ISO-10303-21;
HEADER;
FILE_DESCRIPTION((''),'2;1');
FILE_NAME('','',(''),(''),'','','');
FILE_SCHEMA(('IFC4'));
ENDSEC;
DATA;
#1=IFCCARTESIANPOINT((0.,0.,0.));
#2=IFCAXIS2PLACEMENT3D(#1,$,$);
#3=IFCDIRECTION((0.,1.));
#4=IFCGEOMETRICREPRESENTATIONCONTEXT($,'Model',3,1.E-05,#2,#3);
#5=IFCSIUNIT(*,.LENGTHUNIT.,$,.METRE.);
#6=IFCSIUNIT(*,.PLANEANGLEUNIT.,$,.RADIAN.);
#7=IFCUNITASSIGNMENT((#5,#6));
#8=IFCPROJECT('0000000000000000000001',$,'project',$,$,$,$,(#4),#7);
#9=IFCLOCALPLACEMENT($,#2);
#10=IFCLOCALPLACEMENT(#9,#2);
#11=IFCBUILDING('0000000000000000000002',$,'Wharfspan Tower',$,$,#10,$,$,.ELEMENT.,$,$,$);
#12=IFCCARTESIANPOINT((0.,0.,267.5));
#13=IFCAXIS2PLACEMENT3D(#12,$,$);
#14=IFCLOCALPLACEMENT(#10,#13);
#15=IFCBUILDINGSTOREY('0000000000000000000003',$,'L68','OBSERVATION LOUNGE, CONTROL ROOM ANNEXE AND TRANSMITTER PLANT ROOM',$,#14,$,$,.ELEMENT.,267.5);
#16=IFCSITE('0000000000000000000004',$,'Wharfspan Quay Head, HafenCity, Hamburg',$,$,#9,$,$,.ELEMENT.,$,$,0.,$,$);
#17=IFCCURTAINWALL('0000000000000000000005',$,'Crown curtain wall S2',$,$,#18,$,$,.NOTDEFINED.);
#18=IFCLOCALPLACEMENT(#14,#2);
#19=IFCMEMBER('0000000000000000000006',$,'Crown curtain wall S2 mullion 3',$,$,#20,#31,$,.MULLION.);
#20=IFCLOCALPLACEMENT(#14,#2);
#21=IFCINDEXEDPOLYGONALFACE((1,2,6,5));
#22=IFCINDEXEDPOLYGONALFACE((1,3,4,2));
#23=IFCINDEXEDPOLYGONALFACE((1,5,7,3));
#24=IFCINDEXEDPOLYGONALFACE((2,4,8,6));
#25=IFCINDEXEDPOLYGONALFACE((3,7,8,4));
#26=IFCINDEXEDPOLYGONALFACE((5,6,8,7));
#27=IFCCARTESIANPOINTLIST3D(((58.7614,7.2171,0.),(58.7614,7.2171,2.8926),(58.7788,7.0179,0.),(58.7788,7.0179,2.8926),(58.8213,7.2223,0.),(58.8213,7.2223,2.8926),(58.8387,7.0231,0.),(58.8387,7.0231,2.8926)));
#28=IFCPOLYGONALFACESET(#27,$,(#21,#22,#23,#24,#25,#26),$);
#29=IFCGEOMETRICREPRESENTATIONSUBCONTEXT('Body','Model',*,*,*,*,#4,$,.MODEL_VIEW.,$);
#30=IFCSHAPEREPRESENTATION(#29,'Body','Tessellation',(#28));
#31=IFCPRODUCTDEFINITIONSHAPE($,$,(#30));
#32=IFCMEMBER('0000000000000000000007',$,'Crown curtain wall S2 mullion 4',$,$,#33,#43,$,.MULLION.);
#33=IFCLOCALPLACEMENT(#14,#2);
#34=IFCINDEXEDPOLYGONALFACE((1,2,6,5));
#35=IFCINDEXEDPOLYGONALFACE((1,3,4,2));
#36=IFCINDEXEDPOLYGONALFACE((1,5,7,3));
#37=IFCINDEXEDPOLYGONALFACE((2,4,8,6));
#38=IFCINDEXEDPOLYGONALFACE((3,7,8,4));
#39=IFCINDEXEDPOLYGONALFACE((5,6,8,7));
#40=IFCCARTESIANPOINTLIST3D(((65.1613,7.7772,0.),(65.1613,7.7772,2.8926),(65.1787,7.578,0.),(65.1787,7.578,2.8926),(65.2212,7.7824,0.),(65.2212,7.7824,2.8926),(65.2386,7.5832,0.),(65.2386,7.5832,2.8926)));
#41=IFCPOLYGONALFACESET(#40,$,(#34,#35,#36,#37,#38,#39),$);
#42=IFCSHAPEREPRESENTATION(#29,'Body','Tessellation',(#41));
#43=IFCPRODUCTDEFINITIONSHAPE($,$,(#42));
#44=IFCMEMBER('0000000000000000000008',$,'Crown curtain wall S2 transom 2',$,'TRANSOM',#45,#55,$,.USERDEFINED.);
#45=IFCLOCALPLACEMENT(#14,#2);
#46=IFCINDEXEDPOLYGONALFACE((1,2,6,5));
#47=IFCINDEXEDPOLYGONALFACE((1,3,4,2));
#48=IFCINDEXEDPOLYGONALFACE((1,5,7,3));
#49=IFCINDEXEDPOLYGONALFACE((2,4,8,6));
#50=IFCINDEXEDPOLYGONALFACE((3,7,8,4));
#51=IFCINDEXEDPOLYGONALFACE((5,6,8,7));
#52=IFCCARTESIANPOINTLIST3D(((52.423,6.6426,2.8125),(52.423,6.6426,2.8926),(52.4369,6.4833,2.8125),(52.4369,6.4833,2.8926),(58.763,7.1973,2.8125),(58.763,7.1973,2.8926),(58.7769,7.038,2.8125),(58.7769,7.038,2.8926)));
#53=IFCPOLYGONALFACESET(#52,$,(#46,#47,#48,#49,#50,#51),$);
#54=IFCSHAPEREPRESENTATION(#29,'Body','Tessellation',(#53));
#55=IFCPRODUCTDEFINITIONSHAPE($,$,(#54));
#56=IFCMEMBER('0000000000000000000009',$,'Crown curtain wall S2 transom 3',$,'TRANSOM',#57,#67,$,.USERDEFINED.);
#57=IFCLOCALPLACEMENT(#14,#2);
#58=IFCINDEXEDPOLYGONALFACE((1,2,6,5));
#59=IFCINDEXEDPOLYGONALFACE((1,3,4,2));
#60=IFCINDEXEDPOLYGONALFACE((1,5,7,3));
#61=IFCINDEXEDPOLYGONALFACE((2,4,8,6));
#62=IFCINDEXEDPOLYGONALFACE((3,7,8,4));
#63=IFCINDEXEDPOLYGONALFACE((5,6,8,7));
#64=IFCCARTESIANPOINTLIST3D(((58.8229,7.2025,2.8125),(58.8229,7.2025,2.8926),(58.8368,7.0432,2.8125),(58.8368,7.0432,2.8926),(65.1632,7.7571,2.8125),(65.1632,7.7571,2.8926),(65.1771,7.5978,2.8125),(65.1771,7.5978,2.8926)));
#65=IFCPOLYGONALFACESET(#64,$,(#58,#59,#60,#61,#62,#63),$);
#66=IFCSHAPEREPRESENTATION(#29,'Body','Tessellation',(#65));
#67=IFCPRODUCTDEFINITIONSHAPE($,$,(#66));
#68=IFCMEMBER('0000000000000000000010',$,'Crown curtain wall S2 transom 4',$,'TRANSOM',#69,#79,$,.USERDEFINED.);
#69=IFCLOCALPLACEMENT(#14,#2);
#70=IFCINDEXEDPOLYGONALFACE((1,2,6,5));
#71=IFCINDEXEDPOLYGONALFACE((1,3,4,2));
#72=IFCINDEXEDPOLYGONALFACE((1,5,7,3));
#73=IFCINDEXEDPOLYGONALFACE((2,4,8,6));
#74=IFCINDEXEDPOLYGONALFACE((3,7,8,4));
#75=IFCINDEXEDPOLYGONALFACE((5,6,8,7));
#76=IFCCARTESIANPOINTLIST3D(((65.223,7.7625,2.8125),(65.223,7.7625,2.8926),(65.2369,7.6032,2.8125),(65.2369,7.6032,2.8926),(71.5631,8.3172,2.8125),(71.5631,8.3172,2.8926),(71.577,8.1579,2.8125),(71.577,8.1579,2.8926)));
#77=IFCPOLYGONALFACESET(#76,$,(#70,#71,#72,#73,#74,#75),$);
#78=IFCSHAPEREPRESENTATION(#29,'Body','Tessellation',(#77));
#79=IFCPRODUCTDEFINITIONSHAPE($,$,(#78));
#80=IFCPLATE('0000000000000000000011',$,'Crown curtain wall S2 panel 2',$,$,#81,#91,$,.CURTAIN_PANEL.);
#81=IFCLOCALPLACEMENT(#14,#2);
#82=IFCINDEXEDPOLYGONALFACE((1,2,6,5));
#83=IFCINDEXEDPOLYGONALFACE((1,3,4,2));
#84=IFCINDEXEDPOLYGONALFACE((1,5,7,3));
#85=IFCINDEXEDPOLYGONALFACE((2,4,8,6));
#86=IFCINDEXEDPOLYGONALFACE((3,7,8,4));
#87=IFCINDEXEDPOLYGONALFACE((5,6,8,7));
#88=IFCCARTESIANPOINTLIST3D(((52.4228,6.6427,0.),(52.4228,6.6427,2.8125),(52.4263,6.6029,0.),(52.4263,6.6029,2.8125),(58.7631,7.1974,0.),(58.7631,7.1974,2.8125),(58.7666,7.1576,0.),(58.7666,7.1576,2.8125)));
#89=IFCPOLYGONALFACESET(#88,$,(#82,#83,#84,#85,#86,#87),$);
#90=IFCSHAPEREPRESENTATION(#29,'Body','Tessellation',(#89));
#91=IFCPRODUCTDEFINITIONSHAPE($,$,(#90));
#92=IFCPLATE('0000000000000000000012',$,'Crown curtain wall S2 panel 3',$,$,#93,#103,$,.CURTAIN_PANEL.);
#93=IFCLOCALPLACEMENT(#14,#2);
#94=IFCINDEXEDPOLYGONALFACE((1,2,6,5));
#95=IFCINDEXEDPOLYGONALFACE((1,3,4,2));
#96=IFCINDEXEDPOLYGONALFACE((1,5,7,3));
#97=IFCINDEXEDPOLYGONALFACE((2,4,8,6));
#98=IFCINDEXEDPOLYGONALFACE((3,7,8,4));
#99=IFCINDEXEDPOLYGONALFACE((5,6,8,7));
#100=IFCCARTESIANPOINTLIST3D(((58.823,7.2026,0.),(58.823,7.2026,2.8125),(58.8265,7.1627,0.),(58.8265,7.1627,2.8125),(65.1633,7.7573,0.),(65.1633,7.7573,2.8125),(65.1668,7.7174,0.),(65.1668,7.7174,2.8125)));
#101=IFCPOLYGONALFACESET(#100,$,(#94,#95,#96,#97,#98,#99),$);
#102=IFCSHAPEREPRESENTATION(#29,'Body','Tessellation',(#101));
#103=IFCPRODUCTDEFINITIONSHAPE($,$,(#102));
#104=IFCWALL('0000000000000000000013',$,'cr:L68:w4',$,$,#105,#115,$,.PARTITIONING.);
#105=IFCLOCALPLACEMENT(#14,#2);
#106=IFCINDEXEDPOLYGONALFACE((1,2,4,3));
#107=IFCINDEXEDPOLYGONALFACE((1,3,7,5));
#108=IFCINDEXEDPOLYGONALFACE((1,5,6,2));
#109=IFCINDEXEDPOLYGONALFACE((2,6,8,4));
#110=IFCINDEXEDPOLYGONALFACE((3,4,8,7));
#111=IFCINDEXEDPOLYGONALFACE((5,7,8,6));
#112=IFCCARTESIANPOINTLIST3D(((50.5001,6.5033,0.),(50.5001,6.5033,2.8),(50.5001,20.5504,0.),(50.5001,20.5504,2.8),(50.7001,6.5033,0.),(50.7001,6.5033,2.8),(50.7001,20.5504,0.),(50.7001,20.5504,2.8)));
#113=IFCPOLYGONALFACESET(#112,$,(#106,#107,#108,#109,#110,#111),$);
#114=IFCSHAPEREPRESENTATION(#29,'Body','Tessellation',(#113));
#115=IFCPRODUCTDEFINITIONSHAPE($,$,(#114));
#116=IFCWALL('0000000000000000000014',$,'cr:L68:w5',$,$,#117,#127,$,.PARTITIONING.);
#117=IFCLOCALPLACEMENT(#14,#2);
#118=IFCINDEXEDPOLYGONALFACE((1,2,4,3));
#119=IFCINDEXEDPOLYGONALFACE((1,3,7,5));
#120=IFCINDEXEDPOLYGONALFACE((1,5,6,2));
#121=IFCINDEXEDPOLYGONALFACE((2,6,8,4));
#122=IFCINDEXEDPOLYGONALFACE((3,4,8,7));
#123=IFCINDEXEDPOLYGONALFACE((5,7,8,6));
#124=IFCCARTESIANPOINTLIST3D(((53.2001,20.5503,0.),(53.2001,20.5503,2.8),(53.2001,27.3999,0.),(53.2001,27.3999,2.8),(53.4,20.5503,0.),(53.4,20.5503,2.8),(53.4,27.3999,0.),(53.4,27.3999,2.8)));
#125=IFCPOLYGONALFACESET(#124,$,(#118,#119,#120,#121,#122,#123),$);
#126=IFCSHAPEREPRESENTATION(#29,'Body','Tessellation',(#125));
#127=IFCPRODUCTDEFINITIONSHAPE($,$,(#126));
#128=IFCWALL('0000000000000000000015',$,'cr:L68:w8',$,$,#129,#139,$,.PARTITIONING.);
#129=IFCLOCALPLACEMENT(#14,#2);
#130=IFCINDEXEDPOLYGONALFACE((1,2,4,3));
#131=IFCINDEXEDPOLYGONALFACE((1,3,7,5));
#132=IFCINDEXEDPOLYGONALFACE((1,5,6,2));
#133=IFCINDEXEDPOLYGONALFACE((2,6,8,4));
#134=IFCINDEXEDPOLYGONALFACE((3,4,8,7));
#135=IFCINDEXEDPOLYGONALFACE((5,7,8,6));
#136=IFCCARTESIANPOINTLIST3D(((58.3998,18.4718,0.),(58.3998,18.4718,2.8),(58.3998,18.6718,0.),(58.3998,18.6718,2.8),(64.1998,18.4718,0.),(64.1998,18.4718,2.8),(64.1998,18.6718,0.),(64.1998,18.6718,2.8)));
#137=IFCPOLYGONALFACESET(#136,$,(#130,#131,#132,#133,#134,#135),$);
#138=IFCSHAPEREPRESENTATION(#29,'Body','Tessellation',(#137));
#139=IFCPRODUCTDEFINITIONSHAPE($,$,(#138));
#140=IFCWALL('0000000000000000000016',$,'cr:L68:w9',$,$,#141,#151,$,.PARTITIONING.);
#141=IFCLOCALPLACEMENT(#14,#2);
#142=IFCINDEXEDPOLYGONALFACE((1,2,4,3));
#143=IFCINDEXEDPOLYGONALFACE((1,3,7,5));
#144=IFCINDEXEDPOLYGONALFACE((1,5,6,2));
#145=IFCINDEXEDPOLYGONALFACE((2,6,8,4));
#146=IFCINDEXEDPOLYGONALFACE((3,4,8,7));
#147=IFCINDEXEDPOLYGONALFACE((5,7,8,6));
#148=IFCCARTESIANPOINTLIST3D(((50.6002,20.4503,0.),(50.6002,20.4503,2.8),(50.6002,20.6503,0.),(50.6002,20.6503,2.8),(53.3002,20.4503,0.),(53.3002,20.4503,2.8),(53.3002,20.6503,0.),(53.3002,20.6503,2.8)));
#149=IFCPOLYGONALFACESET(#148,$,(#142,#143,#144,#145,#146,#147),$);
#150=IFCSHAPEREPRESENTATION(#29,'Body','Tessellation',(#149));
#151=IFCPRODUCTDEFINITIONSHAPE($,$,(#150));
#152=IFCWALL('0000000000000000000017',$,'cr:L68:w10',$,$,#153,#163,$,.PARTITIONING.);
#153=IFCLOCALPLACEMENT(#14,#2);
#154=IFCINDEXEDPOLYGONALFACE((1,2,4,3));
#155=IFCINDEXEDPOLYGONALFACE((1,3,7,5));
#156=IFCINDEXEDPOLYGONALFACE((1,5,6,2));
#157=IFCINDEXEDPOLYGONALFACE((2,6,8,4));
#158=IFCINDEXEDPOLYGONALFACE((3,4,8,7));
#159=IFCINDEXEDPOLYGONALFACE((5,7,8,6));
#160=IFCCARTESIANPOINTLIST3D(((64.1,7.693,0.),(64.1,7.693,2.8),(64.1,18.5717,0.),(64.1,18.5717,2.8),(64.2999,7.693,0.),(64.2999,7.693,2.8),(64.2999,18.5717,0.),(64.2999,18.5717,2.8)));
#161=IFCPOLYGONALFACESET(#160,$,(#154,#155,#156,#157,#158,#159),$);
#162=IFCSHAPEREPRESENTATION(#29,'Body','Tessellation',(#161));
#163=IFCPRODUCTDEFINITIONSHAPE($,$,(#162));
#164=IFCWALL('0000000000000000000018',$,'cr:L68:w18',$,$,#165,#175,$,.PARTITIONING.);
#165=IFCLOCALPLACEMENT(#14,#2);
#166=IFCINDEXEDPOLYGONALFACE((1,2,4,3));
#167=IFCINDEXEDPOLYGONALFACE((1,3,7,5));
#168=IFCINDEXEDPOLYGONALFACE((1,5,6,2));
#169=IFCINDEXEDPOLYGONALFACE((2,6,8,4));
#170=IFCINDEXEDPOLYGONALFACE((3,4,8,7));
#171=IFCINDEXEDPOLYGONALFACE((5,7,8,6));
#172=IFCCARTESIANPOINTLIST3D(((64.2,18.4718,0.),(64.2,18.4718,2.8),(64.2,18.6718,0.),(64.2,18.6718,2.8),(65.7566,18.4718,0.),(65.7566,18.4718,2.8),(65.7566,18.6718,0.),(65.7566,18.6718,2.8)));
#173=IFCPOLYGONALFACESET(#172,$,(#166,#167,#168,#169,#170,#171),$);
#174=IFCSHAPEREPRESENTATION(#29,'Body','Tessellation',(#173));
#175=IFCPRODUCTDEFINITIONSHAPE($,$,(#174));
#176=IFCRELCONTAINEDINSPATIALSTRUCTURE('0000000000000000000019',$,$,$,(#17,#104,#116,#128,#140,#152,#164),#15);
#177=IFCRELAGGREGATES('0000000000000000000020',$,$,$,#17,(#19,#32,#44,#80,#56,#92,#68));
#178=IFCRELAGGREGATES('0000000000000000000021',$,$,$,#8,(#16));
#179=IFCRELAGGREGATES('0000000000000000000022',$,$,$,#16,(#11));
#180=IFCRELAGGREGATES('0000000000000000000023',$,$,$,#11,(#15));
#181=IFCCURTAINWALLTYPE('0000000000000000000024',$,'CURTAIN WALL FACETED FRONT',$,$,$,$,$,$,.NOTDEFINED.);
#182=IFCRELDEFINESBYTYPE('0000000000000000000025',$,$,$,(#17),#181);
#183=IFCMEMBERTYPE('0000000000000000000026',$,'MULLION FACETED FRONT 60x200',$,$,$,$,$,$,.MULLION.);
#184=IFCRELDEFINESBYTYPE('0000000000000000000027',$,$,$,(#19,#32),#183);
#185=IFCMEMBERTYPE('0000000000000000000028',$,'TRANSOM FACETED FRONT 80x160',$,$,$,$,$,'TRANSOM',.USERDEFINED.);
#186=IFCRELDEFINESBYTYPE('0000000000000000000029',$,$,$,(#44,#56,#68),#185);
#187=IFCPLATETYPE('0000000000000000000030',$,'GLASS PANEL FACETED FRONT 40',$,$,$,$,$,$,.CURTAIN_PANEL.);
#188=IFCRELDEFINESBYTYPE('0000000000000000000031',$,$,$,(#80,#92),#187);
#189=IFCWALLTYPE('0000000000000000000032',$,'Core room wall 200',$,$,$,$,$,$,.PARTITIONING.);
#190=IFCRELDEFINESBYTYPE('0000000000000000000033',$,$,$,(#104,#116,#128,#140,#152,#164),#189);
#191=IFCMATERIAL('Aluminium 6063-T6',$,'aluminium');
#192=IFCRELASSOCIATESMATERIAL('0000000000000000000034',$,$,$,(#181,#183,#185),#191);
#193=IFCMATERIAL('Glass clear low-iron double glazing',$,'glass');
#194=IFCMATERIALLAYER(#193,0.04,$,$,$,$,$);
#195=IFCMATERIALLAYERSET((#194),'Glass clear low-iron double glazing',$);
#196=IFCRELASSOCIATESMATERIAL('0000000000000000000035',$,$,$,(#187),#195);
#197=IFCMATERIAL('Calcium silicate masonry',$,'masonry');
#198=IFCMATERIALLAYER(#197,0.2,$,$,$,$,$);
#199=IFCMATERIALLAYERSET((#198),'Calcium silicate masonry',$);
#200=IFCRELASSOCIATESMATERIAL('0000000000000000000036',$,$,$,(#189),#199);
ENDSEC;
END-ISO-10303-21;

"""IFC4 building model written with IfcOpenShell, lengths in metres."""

from ifc_helpers import new_model, si_unit, direction, frame, frame_2d, origin, origin_2d, place, context, subcontext, project, spatial, rectangle, extrude, material, layer, layer_set, material_profile, profile_set, type_object, element, aggregate, save


model = new_model("IFC4")

# Units and contexts
model_context = context("Model", 3, precision=1e-05, world=origin(), true_north=direction((0.0, 1.0)))
body_context = subcontext(model_context, "Body", "Model", "MODEL_VIEW")
ifc_project = project(units=[si_unit("LENGTHUNIT", "METRE"), si_unit("PLANEANGLEUNIT", "RADIAN")], contexts=[model_context])

# Site, building, storey
site_placement = place(None, origin())
site = spatial("IfcSite", under=ifc_project, at=site_placement, Name="Wharfspan Quay Head, HafenCity, Hamburg", CompositionType="ELEMENT", RefElevation=0.0)
building_placement = place(site_placement, origin())
building = spatial("IfcBuilding", under=site, at=building_placement, Name="Wharfspan Tower", CompositionType="ELEMENT")
storey_placement = place(building_placement, frame((0.0, 0.0, 267.5)))
storey = spatial("IfcBuildingStorey", under=building, at=storey_placement, Name="L68", Description="OBSERVATION LOUNGE, CONTROL ROOM ANNEXE AND TRANSMITTER PLANT ROOM", CompositionType="ELEMENT", Elevation=267.5)

# Curtain wall, members, plates
ifc_material_1 = material(Name="Aluminium 6063-T6", Category="aluminium")
curtain_wall_type = type_object("IfcCurtainWallType", Name="CURTAIN WALL FACETED FRONT", PredefinedType="NOTDEFINED", material=ifc_material_1)
curtain_wall_placement = place(storey_placement, origin())
curtain_wall = element("IfcCurtainWall", 1, at=curtain_wall_placement, inside=storey, type_object=curtain_wall_type, Name="Crown curtain wall S2", PredefinedType="NOTDEFINED")
ifc_material_profile_1 = material_profile(ifc_material_1, rectangle(XDim=0.2, YDim=0.0601, at=origin_2d()))
ifc_profile_set_1 = profile_set([ifc_material_profile_1], Name="Aluminium 6063-T6")
member_type_1 = type_object("IfcMemberType", Name="MULLION FACETED FRONT 60x200", PredefinedType="MULLION", material=ifc_profile_set_1)
member_1_placement = place(storey_placement, frame((58.8, 7.1201, 0.0), z_axis=(0.0, 0.0, 1.0), x_axis=(-0.087156, 0.996198, 0.0)))
member_1 = element("IfcMember", 2, at=member_1_placement, type_object=member_type_1, Name="Crown curtain wall S2 mullion 3", PredefinedType="MULLION", context=body_context, shape_type="SweptSolid", body=[
    extrude(rectangle(XDim=0.2, YDim=0.0601, at=origin_2d()), origin(), (0.0, 0.0, 1.0), 2.8926),
])
member_2_placement = place(storey_placement, frame((65.2, 7.6802, 0.0), z_axis=(0.0, 0.0, 1.0), x_axis=(-0.087156, 0.996198, 0.0)))
member_2 = element("IfcMember", 3, at=member_2_placement, type_object=member_type_1, Name="Crown curtain wall S2 mullion 4", PredefinedType="MULLION", context=body_context, shape_type="SweptSolid", body=[
    extrude(rectangle(XDim=0.2, YDim=0.0601, at=origin_2d()), origin(), (0.0, 0.0, 1.0), 2.8926),
])
ifc_material_profile_2 = material_profile(ifc_material_1, rectangle(XDim=0.1599, YDim=0.0801, at=origin_2d()))
ifc_profile_set_2 = profile_set([ifc_material_profile_2], Name="Aluminium 6063-T6")
member_type_2 = type_object("IfcMemberType", Name="TRANSOM FACETED FRONT 80x160", ElementType="TRANSOM", PredefinedType="USERDEFINED", material=ifc_profile_set_2)
member_3_placement = place(storey_placement, frame((52.4299, 6.563, 2.8525), z_axis=(0.996195, 0.087156, 0.0), x_axis=(-0.087156, 0.996195, 0.0)))
member_3 = element("IfcMember", 4, at=member_3_placement, type_object=member_type_2, Name="Crown curtain wall S2 transom 2", ObjectType="TRANSOM", PredefinedType="USERDEFINED", context=body_context, shape_type="SweptSolid", body=[
    extrude(rectangle(XDim=0.1599, YDim=0.0801, at=origin_2d()), origin(), (0.0, 0.0, 1.0), 6.3643),
])
member_4_placement = place(storey_placement, frame((58.8298, 7.1228, 2.8525), z_axis=(0.996195, 0.087153, 0.0), x_axis=(-0.087153, 0.996195, 0.0)))
member_4 = element("IfcMember", 5, at=member_4_placement, type_object=member_type_2, Name="Crown curtain wall S2 transom 3", ObjectType="TRANSOM", PredefinedType="USERDEFINED", context=body_context, shape_type="SweptSolid", body=[
    extrude(rectangle(XDim=0.1599, YDim=0.0801, at=origin_2d()), origin(), (0.0, 0.0, 1.0), 6.3645),
])
member_5_placement = place(storey_placement, frame((65.23, 7.6829, 2.8525), z_axis=(0.996195, 0.087156, 0.0), x_axis=(-0.087156, 0.996195, 0.0)))
member_5 = element("IfcMember", 6, at=member_5_placement, type_object=member_type_2, Name="Crown curtain wall S2 transom 4", ObjectType="TRANSOM", PredefinedType="USERDEFINED", context=body_context, shape_type="SweptSolid", body=[
    extrude(rectangle(XDim=0.1599, YDim=0.0801, at=origin_2d()), origin(), (0.0, 0.0, 1.0), 6.3643),
])
ifc_material_2 = material(Name="Glass clear low-iron double glazing", Category="glass")
ifc_layer_1 = layer(ifc_material_2, 0.04)
ifc_layer_set_1 = layer_set([ifc_layer_1], Name="Glass clear low-iron double glazing")
plate_type = type_object("IfcPlateType", Name="GLASS PANEL FACETED FRONT 40", PredefinedType="CURTAIN_PANEL", material=ifc_layer_set_1)
plate_1_placement = place(storey_placement, frame((55.5947, 6.9001, 0.0), z_axis=(0.0, 0.0, 1.0), x_axis=(0.996198, 0.087156, 0.0)))
plate_1 = element("IfcPlate", 7, at=plate_1_placement, type_object=plate_type, Name="Crown curtain wall S2 panel 2", PredefinedType="CURTAIN_PANEL", context=body_context, shape_type="SweptSolid", body=[
    extrude(rectangle(XDim=6.3645, YDim=0.04, at=origin_2d()), origin(), (0.0, 0.0, 1.0), 2.8125),
])
plate_2_placement = place(storey_placement, frame((61.9949, 7.46, 0.0), z_axis=(0.0, 0.0, 1.0), x_axis=(0.996198, 0.087156, 0.0)))
plate_2 = element("IfcPlate", 8, at=plate_2_placement, type_object=plate_type, Name="Crown curtain wall S2 panel 3", PredefinedType="CURTAIN_PANEL", context=body_context, shape_type="SweptSolid", body=[
    extrude(rectangle(XDim=6.3645, YDim=0.04, at=origin_2d()), origin(), (0.0, 0.0, 1.0), 2.8125),
])
aggregate(curtain_wall, [member_1, member_2, member_3, plate_1, member_4, plate_2, member_5])

# Walls
ifc_material_3 = material(Name="Calcium silicate masonry", Category="masonry")
ifc_layer_2 = layer(ifc_material_3, 0.2)
ifc_layer_set_2 = layer_set([ifc_layer_2], Name="Calcium silicate masonry")
wall_type_1 = type_object("IfcWallType", Name="Core room wall 200", PredefinedType="PARTITIONING", material=ifc_layer_set_2)
wall_1_placement = place(storey_placement, frame((50.6001, 20.5503, 0.0), z_axis=(0.0, 0.0, 1.0), x_axis=(0.0, -1.0, 0.0)))
element("IfcWall", 9, at=wall_1_placement, inside=storey, type_object=wall_type_1, Name="cr:L68:w4", PredefinedType="PARTITIONING", context=body_context, shape_type="SweptSolid", body=[
    extrude(rectangle(XDim=14.0471, YDim=0.2, at=frame_2d((7.0234, 0.0))), origin(), (0.0, 0.0, 1.0), 2.8),
])
wall_2_placement = place(storey_placement, frame((53.3, 20.5503, 0.0), z_axis=(0.0, 0.0, 1.0), x_axis=(0.0, 1.0, 0.0)))
element("IfcWall", 10, at=wall_2_placement, inside=storey, type_object=wall_type_1, Name="cr:L68:w5", PredefinedType="PARTITIONING", context=body_context, shape_type="SweptSolid", body=[
    extrude(rectangle(XDim=6.8496, YDim=0.2, at=frame_2d((3.4248, 0.0))), origin(), (0.0, 0.0, 1.0), 2.8),
])
wall_3_placement = place(storey_placement, frame((58.3999, 18.5718, 0.0), z_axis=(0.0, 0.0, 1.0), x_axis=(1.0, 0.0, 0.0)))
element("IfcWall", 11, at=wall_3_placement, inside=storey, type_object=wall_type_1, Name="cr:L68:w8", PredefinedType="PARTITIONING", context=body_context, shape_type="SweptSolid", body=[
    extrude(rectangle(XDim=5.8, YDim=0.2, at=frame_2d((2.8999, 0.0))), origin(), (0.0, 0.0, 1.0), 2.8),
])
wall_4_placement = place(storey_placement, frame((50.6001, 20.5503, 0.0), z_axis=(0.0, 0.0, 1.0), x_axis=(1.0, 0.0, 0.0)))
element("IfcWall", 12, at=wall_4_placement, inside=storey, type_object=wall_type_1, Name="cr:L68:w9", PredefinedType="PARTITIONING", context=body_context, shape_type="SweptSolid", body=[
    extrude(rectangle(XDim=2.7, YDim=0.2, at=frame_2d((1.3501, 0.0))), origin(), (0.0, 0.0, 1.0), 2.8),
])
wall_5_placement = place(storey_placement, frame((64.2, 18.5718, 0.0), z_axis=(0.0, 0.0, 1.0), x_axis=(0.0, -1.0, 0.0)))
element("IfcWall", 13, at=wall_5_placement, inside=storey, type_object=wall_type_1, Name="cr:L68:w10", PredefinedType="PARTITIONING", context=body_context, shape_type="SweptSolid", body=[
    extrude(rectangle(XDim=10.8787, YDim=0.2, at=frame_2d((5.4395, 0.0))), origin(), (0.0, 0.0, 1.0), 2.8),
])
wall_6_placement = place(storey_placement, frame((64.2, 18.5718, 0.0), z_axis=(0.0, 0.0, 1.0), x_axis=(1.0, 0.0, 0.0)))
element("IfcWall", 14, at=wall_6_placement, inside=storey, type_object=wall_type_1, Name="cr:L68:w18", PredefinedType="PARTITIONING", context=body_context, shape_type="SweptSolid", body=[
    extrude(rectangle(XDim=1.5566, YDim=0.2, at=frame_2d((0.7783, 0.0))), origin(), (0.0, 0.0, 1.0), 2.8),
])

save(model, "model.ifc")
